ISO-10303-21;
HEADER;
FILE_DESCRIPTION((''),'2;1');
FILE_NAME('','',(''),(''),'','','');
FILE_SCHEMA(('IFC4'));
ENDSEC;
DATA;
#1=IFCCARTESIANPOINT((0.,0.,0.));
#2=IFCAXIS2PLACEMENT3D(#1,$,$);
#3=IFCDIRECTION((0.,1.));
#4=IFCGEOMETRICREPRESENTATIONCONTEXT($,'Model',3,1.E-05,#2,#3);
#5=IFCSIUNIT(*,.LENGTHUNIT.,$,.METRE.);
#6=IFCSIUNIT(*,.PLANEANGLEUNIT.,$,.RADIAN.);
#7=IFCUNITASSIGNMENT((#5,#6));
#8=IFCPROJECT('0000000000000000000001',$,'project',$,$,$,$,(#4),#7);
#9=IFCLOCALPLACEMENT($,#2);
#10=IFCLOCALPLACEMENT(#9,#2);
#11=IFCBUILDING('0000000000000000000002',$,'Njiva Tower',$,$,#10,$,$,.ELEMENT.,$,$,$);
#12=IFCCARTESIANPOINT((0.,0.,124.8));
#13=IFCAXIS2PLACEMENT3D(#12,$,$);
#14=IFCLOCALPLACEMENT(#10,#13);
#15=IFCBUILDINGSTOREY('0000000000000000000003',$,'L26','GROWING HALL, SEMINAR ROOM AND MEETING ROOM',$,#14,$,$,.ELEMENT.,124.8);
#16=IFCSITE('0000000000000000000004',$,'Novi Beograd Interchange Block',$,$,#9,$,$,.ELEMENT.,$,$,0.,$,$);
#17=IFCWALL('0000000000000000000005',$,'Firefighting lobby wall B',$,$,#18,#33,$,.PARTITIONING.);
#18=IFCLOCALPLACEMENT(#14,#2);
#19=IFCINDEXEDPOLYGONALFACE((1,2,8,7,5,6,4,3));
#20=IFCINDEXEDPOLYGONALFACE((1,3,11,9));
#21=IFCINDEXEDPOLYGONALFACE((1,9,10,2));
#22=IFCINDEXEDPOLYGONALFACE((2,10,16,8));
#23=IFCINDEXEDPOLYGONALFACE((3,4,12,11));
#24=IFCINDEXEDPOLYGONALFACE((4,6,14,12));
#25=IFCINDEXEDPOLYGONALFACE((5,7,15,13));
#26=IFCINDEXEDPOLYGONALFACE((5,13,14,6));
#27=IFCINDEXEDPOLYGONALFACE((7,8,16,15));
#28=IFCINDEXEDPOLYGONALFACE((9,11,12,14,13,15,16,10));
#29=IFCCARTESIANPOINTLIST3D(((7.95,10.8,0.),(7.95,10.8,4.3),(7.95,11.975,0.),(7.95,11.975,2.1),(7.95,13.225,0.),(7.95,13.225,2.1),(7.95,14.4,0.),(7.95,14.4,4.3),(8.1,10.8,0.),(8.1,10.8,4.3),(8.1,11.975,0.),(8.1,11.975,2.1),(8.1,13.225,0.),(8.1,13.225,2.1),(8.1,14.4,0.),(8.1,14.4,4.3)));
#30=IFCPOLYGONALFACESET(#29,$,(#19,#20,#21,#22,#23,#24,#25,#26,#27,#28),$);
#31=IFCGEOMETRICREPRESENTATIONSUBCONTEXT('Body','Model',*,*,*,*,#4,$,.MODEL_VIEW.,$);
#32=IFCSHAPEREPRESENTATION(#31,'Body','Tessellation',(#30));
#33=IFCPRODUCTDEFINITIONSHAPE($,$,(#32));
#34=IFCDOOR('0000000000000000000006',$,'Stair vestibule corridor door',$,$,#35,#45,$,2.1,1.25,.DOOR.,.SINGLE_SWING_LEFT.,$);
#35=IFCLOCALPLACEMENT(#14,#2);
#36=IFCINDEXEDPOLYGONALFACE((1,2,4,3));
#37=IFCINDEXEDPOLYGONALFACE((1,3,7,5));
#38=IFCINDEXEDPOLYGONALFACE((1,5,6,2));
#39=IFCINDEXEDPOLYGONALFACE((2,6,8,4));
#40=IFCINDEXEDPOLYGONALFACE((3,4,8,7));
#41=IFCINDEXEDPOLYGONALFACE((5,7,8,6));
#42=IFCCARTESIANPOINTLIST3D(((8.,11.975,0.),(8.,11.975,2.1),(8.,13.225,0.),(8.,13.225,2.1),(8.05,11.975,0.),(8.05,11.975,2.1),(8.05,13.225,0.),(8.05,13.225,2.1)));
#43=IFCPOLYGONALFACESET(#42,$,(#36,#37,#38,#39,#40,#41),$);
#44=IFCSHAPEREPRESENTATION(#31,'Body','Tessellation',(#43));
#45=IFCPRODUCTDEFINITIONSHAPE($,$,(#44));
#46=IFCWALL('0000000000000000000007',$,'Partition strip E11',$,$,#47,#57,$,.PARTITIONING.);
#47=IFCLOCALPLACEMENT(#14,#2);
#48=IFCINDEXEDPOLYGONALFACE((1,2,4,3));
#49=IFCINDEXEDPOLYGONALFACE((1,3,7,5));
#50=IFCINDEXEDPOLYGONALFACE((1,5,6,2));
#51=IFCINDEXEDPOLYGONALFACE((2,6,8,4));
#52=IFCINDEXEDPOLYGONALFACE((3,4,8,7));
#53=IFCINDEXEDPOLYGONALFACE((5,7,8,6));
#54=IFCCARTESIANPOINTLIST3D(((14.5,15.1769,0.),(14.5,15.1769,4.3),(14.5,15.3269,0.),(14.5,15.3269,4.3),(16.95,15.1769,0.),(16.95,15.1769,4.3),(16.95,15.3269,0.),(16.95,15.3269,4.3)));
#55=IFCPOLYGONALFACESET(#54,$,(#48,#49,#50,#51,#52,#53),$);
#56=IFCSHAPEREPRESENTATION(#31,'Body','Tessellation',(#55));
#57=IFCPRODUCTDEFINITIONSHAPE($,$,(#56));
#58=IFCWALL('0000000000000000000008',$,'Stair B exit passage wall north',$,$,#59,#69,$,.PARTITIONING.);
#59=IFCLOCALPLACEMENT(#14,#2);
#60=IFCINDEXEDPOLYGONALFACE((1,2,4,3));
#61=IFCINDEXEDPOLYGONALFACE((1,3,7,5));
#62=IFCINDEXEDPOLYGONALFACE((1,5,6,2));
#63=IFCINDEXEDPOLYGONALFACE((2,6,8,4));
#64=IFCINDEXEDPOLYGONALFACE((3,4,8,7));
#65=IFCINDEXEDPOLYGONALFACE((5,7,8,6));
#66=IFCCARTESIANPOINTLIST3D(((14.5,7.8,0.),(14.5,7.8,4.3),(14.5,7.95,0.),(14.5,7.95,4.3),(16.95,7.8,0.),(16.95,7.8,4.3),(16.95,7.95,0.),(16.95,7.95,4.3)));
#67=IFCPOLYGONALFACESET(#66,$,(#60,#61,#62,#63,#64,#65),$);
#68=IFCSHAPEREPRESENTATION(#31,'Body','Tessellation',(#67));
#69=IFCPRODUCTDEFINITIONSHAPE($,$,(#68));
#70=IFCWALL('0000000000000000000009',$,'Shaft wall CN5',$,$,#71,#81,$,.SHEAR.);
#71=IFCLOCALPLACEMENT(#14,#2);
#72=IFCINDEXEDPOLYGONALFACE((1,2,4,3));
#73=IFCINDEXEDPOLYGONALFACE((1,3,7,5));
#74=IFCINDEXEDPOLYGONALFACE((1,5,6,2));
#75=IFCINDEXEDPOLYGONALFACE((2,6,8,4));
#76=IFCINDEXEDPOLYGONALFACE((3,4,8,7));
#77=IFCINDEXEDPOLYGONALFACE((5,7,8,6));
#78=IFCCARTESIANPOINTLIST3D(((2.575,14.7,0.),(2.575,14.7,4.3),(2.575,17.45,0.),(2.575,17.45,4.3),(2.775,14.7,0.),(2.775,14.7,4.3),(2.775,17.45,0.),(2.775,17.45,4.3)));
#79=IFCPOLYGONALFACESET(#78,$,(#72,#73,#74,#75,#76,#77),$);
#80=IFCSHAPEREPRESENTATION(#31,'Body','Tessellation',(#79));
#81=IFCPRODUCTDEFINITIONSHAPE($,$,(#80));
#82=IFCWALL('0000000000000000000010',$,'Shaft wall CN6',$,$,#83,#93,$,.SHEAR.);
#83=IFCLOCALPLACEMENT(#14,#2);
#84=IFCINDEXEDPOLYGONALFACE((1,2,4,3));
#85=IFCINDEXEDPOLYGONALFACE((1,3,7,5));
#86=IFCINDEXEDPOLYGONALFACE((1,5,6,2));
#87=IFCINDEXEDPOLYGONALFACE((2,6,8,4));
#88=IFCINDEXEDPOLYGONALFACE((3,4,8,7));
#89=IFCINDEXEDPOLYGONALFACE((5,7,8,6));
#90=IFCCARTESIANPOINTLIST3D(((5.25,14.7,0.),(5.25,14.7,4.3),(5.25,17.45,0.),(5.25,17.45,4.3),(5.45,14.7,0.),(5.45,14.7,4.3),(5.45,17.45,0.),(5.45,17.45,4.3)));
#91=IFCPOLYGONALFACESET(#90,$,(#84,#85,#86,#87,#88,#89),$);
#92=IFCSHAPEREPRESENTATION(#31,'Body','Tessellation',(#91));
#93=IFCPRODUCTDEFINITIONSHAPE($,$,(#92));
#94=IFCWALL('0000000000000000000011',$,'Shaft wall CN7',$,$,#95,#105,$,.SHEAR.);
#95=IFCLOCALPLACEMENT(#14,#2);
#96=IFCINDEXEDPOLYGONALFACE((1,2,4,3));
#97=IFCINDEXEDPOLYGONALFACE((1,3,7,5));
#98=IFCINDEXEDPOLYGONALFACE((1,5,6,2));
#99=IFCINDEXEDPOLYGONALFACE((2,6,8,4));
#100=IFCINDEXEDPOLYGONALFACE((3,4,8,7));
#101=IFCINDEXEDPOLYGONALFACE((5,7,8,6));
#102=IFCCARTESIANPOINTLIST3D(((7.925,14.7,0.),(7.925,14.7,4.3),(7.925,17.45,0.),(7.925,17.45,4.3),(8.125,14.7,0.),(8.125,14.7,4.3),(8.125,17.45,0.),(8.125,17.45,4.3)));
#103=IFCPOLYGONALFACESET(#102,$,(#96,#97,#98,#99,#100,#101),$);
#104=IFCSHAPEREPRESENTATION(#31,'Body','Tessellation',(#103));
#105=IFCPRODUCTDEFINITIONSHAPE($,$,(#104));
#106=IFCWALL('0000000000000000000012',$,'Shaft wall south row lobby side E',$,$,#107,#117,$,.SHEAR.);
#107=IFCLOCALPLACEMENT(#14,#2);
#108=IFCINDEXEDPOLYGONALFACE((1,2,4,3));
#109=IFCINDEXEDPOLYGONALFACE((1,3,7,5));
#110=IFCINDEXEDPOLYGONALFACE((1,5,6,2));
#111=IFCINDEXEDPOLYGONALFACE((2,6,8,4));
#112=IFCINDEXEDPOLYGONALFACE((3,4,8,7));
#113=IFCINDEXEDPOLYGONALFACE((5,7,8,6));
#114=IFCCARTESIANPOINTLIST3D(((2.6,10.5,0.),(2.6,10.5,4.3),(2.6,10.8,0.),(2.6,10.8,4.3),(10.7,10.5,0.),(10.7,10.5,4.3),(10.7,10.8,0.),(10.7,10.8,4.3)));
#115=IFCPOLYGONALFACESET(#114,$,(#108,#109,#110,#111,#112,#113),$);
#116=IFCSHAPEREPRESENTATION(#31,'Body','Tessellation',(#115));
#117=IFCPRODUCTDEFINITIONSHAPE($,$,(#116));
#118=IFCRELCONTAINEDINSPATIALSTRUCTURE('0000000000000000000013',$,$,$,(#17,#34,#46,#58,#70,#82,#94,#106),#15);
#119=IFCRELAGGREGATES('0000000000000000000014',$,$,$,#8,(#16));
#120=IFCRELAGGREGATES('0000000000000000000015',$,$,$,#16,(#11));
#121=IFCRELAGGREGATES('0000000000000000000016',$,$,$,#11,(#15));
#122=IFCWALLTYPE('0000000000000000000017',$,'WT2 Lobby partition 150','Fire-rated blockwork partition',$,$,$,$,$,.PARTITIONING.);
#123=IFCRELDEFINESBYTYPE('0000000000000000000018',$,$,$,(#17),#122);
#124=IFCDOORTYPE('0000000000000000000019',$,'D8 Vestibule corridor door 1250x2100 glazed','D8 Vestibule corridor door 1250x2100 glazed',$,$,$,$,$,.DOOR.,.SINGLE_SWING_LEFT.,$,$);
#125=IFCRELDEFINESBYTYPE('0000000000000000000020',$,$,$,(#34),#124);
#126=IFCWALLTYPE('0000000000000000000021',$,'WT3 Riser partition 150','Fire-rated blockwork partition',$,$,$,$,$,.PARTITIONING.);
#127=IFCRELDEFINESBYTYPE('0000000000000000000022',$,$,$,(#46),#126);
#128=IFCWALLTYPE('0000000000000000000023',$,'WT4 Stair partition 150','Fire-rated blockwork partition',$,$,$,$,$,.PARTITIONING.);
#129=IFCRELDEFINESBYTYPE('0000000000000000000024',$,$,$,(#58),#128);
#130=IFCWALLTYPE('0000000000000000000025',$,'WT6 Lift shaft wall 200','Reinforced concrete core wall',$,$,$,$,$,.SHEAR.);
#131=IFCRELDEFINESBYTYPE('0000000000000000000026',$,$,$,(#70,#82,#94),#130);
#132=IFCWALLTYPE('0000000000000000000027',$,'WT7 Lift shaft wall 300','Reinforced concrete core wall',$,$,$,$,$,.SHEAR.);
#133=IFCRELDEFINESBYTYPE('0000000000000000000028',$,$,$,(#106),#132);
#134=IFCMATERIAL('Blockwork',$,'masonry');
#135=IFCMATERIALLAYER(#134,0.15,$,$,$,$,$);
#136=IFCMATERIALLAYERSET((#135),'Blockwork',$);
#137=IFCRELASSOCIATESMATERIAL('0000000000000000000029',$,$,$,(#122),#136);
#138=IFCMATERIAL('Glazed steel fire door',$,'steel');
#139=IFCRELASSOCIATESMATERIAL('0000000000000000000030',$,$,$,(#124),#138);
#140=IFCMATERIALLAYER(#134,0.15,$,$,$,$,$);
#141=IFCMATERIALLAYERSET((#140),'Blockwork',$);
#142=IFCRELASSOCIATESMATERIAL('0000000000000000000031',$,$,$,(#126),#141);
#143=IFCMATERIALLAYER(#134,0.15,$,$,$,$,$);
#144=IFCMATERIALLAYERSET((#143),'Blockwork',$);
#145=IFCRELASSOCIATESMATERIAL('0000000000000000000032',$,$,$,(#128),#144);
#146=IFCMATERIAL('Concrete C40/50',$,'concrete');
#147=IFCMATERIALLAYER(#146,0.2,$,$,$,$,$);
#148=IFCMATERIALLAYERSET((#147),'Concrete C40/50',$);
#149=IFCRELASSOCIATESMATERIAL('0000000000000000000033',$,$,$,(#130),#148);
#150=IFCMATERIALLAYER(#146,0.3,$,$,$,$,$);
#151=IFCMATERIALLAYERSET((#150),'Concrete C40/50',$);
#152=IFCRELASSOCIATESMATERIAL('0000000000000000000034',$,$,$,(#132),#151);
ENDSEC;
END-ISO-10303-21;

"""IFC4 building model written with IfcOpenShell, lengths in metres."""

from ifc_helpers import new_model, si_unit, direction, frame, frame_2d, origin, place, context, subcontext, project, spatial, rectangle, extrude, material, layer, layer_set, type_object, element, fill, save


model = new_model("IFC4")

# Units and contexts
model_context = context("Model", 3, precision=1e-05, world=origin(), true_north=direction((0.0, 1.0)))
body_context = subcontext(model_context, "Body", "Model", "MODEL_VIEW")
ifc_project = project(units=[si_unit("LENGTHUNIT", "METRE"), si_unit("PLANEANGLEUNIT", "RADIAN")], contexts=[model_context])

# Site, building, storey
site_placement = place(None, origin())
site = spatial("IfcSite", under=ifc_project, at=site_placement, Name="Novi Beograd Interchange Block", CompositionType="ELEMENT", RefElevation=0.0)
building_placement = place(site_placement, origin())
building = spatial("IfcBuilding", under=site, at=building_placement, Name="Njiva Tower", CompositionType="ELEMENT")
storey_placement = place(building_placement, frame((0.0, 0.0, 124.8)))
storey = spatial("IfcBuildingStorey", under=building, at=storey_placement, Name="L26", Description="GROWING HALL, SEMINAR ROOM AND MEETING ROOM", CompositionType="ELEMENT", Elevation=124.8)

# Shared definitions
ifc_material_1 = material(Name="Blockwork", Category="masonry")

# Wall, opening, door
ifc_material_2 = material(Name="Concrete C40/50", Category="concrete")
ifc_material_3 = material(Name="Glazed steel fire door", Category="steel")
ifc_layer_1 = layer(ifc_material_1, 0.15)
ifc_layer_set_1 = layer_set([ifc_layer_1], Name="Blockwork")
wall_type_1 = type_object("IfcWallType", Name="WT2 Lobby partition 150", Description="Fire-rated blockwork partition", PredefinedType="PARTITIONING", material=ifc_layer_set_1)
wall_1_placement = place(storey_placement, frame((8.025, 10.8, 0.0), z_axis=(0.0, 0.0, 1.0), x_axis=(0.0, 1.0, 0.0)))
wall_1 = element("IfcWall", 1, at=wall_1_placement, inside=storey, type_object=wall_type_1, Name="Firefighting lobby wall B", PredefinedType="PARTITIONING", context=body_context, shape_type="SweptSolid", body=[
    extrude(rectangle(XDim=3.6, YDim=0.15, at=frame_2d((1.8, 0.0))), origin(), (0.0, 0.0, 1.0), 4.3),
])
opening_1_placement = place(wall_1_placement, frame((1.175, 0.0, 0.0)))
opening_1 = element("IfcOpeningElement", 2, at=opening_1_placement, cuts=wall_1, PredefinedType="OPENING", context=body_context, shape_type="SweptSolid", body=[
    extrude(rectangle(XDim=1.25, YDim=2.1, at=frame_2d((0.625, 1.05))), frame((0.0, 0.085, 0.0), z_axis=(0.0, -1.0, 0.0), x_axis=(1.0, 0.0, 0.0)), (0.0, 0.0, 1.0), 0.17),
])
door_type_1 = type_object("IfcDoorType", Name="D8 Vestibule corridor door 1250x2100 glazed", Description="D8 Vestibule corridor door 1250x2100 glazed", OperationType="SINGLE_SWING_LEFT", PredefinedType="DOOR", material=ifc_material_3)
door_1_placement = place(opening_1_placement, origin())
door_1 = element("IfcDoor", 3, at=door_1_placement, inside=storey, type_object=door_type_1, Name="Stair vestibule corridor door", OperationType="SINGLE_SWING_LEFT", OverallHeight=2.1, OverallWidth=1.25, PredefinedType="DOOR", context=body_context, shape_type="SweptSolid", body=[
    extrude(rectangle(XDim=1.25, YDim=2.1, at=frame_2d((0.625, 1.05))), frame((0.0, 0.025, 0.0), z_axis=(0.0, -1.0, 0.0), x_axis=(1.0, 0.0, 0.0)), (0.0, 0.0, 1.0), 0.05),
])
fill(opening_1, door_1)

# Walls
ifc_layer_2 = layer(ifc_material_1, 0.15)
ifc_layer_set_2 = layer_set([ifc_layer_2], Name="Blockwork")
wall_type_2 = type_object("IfcWallType", Name="WT3 Riser partition 150", Description="Fire-rated blockwork partition", PredefinedType="PARTITIONING", material=ifc_layer_set_2)
wall_2_placement = place(storey_placement, frame((14.5, 15.2519, 0.0), z_axis=(0.0, 0.0, 1.0), x_axis=(1.0, 0.0, 0.0)))
element("IfcWall", 4, at=wall_2_placement, inside=storey, type_object=wall_type_2, Name="Partition strip E11", PredefinedType="PARTITIONING", context=body_context, shape_type="SweptSolid", body=[
    extrude(rectangle(XDim=2.45, YDim=0.15, at=frame_2d((1.225, 0.0))), origin(), (0.0, 0.0, 1.0), 4.3),
])
ifc_layer_3 = layer(ifc_material_1, 0.15)
ifc_layer_set_3 = layer_set([ifc_layer_3], Name="Blockwork")
wall_type_3 = type_object("IfcWallType", Name="WT4 Stair partition 150", Description="Fire-rated blockwork partition", PredefinedType="PARTITIONING", material=ifc_layer_set_3)
wall_3_placement = place(storey_placement, frame((14.5, 7.875, 0.0), z_axis=(0.0, 0.0, 1.0), x_axis=(1.0, 0.0, 0.0)))
element("IfcWall", 5, at=wall_3_placement, inside=storey, type_object=wall_type_3, Name="Stair B exit passage wall north", PredefinedType="PARTITIONING", context=body_context, shape_type="SweptSolid", body=[
    extrude(rectangle(XDim=2.45, YDim=0.15, at=frame_2d((1.225, 0.0))), origin(), (0.0, 0.0, 1.0), 4.3),
])
ifc_layer_4 = layer(ifc_material_2, 0.2)
ifc_layer_set_4 = layer_set([ifc_layer_4], Name="Concrete C40/50")
wall_type_4 = type_object("IfcWallType", Name="WT6 Lift shaft wall 200", Description="Reinforced concrete core wall", PredefinedType="SHEAR", material=ifc_layer_set_4)
for number, where, z_axis, x_axis, name in (
    (6, (2.675, 14.7, 0.0), (0.0, 0.0, 1.0), (0.0, 1.0, 0.0), "Shaft wall CN5"),
    (7, (5.35, 14.7, 0.0), (0.0, 0.0, 1.0), (0.0, 1.0, 0.0), "Shaft wall CN6"),
    (8, (8.025, 14.7, 0.0), (0.0, 0.0, 1.0), (0.0, 1.0, 0.0), "Shaft wall CN7"),
):
    element("IfcWall", number, at=place(storey_placement, frame(where, z_axis=z_axis, x_axis=x_axis)), inside=storey, type_object=wall_type_4, Name=name, PredefinedType="SHEAR", context=body_context, shape_type="SweptSolid", body=[
        extrude(rectangle(XDim=2.75, YDim=0.2, at=frame_2d((1.375, 0.0))), origin(), (0.0, 0.0, 1.0), 4.3),
    ])
ifc_layer_5 = layer(ifc_material_2, 0.3)
ifc_layer_set_5 = layer_set([ifc_layer_5], Name="Concrete C40/50")
wall_type_5 = type_object("IfcWallType", Name="WT7 Lift shaft wall 300", Description="Reinforced concrete core wall", PredefinedType="SHEAR", material=ifc_layer_set_5)
wall_4_placement = place(storey_placement, frame((2.6, 10.65, 0.0), z_axis=(0.0, 0.0, 1.0), x_axis=(1.0, 0.0, 0.0)))
element("IfcWall", 9, at=wall_4_placement, inside=storey, type_object=wall_type_5, Name="Shaft wall south row lobby side E", PredefinedType="SHEAR", context=body_context, shape_type="SweptSolid", body=[
    extrude(rectangle(XDim=8.1, YDim=0.3, at=frame_2d((4.05, 0.0))), origin(), (0.0, 0.0, 1.0), 4.3),
])

save(model, "model.ifc")
